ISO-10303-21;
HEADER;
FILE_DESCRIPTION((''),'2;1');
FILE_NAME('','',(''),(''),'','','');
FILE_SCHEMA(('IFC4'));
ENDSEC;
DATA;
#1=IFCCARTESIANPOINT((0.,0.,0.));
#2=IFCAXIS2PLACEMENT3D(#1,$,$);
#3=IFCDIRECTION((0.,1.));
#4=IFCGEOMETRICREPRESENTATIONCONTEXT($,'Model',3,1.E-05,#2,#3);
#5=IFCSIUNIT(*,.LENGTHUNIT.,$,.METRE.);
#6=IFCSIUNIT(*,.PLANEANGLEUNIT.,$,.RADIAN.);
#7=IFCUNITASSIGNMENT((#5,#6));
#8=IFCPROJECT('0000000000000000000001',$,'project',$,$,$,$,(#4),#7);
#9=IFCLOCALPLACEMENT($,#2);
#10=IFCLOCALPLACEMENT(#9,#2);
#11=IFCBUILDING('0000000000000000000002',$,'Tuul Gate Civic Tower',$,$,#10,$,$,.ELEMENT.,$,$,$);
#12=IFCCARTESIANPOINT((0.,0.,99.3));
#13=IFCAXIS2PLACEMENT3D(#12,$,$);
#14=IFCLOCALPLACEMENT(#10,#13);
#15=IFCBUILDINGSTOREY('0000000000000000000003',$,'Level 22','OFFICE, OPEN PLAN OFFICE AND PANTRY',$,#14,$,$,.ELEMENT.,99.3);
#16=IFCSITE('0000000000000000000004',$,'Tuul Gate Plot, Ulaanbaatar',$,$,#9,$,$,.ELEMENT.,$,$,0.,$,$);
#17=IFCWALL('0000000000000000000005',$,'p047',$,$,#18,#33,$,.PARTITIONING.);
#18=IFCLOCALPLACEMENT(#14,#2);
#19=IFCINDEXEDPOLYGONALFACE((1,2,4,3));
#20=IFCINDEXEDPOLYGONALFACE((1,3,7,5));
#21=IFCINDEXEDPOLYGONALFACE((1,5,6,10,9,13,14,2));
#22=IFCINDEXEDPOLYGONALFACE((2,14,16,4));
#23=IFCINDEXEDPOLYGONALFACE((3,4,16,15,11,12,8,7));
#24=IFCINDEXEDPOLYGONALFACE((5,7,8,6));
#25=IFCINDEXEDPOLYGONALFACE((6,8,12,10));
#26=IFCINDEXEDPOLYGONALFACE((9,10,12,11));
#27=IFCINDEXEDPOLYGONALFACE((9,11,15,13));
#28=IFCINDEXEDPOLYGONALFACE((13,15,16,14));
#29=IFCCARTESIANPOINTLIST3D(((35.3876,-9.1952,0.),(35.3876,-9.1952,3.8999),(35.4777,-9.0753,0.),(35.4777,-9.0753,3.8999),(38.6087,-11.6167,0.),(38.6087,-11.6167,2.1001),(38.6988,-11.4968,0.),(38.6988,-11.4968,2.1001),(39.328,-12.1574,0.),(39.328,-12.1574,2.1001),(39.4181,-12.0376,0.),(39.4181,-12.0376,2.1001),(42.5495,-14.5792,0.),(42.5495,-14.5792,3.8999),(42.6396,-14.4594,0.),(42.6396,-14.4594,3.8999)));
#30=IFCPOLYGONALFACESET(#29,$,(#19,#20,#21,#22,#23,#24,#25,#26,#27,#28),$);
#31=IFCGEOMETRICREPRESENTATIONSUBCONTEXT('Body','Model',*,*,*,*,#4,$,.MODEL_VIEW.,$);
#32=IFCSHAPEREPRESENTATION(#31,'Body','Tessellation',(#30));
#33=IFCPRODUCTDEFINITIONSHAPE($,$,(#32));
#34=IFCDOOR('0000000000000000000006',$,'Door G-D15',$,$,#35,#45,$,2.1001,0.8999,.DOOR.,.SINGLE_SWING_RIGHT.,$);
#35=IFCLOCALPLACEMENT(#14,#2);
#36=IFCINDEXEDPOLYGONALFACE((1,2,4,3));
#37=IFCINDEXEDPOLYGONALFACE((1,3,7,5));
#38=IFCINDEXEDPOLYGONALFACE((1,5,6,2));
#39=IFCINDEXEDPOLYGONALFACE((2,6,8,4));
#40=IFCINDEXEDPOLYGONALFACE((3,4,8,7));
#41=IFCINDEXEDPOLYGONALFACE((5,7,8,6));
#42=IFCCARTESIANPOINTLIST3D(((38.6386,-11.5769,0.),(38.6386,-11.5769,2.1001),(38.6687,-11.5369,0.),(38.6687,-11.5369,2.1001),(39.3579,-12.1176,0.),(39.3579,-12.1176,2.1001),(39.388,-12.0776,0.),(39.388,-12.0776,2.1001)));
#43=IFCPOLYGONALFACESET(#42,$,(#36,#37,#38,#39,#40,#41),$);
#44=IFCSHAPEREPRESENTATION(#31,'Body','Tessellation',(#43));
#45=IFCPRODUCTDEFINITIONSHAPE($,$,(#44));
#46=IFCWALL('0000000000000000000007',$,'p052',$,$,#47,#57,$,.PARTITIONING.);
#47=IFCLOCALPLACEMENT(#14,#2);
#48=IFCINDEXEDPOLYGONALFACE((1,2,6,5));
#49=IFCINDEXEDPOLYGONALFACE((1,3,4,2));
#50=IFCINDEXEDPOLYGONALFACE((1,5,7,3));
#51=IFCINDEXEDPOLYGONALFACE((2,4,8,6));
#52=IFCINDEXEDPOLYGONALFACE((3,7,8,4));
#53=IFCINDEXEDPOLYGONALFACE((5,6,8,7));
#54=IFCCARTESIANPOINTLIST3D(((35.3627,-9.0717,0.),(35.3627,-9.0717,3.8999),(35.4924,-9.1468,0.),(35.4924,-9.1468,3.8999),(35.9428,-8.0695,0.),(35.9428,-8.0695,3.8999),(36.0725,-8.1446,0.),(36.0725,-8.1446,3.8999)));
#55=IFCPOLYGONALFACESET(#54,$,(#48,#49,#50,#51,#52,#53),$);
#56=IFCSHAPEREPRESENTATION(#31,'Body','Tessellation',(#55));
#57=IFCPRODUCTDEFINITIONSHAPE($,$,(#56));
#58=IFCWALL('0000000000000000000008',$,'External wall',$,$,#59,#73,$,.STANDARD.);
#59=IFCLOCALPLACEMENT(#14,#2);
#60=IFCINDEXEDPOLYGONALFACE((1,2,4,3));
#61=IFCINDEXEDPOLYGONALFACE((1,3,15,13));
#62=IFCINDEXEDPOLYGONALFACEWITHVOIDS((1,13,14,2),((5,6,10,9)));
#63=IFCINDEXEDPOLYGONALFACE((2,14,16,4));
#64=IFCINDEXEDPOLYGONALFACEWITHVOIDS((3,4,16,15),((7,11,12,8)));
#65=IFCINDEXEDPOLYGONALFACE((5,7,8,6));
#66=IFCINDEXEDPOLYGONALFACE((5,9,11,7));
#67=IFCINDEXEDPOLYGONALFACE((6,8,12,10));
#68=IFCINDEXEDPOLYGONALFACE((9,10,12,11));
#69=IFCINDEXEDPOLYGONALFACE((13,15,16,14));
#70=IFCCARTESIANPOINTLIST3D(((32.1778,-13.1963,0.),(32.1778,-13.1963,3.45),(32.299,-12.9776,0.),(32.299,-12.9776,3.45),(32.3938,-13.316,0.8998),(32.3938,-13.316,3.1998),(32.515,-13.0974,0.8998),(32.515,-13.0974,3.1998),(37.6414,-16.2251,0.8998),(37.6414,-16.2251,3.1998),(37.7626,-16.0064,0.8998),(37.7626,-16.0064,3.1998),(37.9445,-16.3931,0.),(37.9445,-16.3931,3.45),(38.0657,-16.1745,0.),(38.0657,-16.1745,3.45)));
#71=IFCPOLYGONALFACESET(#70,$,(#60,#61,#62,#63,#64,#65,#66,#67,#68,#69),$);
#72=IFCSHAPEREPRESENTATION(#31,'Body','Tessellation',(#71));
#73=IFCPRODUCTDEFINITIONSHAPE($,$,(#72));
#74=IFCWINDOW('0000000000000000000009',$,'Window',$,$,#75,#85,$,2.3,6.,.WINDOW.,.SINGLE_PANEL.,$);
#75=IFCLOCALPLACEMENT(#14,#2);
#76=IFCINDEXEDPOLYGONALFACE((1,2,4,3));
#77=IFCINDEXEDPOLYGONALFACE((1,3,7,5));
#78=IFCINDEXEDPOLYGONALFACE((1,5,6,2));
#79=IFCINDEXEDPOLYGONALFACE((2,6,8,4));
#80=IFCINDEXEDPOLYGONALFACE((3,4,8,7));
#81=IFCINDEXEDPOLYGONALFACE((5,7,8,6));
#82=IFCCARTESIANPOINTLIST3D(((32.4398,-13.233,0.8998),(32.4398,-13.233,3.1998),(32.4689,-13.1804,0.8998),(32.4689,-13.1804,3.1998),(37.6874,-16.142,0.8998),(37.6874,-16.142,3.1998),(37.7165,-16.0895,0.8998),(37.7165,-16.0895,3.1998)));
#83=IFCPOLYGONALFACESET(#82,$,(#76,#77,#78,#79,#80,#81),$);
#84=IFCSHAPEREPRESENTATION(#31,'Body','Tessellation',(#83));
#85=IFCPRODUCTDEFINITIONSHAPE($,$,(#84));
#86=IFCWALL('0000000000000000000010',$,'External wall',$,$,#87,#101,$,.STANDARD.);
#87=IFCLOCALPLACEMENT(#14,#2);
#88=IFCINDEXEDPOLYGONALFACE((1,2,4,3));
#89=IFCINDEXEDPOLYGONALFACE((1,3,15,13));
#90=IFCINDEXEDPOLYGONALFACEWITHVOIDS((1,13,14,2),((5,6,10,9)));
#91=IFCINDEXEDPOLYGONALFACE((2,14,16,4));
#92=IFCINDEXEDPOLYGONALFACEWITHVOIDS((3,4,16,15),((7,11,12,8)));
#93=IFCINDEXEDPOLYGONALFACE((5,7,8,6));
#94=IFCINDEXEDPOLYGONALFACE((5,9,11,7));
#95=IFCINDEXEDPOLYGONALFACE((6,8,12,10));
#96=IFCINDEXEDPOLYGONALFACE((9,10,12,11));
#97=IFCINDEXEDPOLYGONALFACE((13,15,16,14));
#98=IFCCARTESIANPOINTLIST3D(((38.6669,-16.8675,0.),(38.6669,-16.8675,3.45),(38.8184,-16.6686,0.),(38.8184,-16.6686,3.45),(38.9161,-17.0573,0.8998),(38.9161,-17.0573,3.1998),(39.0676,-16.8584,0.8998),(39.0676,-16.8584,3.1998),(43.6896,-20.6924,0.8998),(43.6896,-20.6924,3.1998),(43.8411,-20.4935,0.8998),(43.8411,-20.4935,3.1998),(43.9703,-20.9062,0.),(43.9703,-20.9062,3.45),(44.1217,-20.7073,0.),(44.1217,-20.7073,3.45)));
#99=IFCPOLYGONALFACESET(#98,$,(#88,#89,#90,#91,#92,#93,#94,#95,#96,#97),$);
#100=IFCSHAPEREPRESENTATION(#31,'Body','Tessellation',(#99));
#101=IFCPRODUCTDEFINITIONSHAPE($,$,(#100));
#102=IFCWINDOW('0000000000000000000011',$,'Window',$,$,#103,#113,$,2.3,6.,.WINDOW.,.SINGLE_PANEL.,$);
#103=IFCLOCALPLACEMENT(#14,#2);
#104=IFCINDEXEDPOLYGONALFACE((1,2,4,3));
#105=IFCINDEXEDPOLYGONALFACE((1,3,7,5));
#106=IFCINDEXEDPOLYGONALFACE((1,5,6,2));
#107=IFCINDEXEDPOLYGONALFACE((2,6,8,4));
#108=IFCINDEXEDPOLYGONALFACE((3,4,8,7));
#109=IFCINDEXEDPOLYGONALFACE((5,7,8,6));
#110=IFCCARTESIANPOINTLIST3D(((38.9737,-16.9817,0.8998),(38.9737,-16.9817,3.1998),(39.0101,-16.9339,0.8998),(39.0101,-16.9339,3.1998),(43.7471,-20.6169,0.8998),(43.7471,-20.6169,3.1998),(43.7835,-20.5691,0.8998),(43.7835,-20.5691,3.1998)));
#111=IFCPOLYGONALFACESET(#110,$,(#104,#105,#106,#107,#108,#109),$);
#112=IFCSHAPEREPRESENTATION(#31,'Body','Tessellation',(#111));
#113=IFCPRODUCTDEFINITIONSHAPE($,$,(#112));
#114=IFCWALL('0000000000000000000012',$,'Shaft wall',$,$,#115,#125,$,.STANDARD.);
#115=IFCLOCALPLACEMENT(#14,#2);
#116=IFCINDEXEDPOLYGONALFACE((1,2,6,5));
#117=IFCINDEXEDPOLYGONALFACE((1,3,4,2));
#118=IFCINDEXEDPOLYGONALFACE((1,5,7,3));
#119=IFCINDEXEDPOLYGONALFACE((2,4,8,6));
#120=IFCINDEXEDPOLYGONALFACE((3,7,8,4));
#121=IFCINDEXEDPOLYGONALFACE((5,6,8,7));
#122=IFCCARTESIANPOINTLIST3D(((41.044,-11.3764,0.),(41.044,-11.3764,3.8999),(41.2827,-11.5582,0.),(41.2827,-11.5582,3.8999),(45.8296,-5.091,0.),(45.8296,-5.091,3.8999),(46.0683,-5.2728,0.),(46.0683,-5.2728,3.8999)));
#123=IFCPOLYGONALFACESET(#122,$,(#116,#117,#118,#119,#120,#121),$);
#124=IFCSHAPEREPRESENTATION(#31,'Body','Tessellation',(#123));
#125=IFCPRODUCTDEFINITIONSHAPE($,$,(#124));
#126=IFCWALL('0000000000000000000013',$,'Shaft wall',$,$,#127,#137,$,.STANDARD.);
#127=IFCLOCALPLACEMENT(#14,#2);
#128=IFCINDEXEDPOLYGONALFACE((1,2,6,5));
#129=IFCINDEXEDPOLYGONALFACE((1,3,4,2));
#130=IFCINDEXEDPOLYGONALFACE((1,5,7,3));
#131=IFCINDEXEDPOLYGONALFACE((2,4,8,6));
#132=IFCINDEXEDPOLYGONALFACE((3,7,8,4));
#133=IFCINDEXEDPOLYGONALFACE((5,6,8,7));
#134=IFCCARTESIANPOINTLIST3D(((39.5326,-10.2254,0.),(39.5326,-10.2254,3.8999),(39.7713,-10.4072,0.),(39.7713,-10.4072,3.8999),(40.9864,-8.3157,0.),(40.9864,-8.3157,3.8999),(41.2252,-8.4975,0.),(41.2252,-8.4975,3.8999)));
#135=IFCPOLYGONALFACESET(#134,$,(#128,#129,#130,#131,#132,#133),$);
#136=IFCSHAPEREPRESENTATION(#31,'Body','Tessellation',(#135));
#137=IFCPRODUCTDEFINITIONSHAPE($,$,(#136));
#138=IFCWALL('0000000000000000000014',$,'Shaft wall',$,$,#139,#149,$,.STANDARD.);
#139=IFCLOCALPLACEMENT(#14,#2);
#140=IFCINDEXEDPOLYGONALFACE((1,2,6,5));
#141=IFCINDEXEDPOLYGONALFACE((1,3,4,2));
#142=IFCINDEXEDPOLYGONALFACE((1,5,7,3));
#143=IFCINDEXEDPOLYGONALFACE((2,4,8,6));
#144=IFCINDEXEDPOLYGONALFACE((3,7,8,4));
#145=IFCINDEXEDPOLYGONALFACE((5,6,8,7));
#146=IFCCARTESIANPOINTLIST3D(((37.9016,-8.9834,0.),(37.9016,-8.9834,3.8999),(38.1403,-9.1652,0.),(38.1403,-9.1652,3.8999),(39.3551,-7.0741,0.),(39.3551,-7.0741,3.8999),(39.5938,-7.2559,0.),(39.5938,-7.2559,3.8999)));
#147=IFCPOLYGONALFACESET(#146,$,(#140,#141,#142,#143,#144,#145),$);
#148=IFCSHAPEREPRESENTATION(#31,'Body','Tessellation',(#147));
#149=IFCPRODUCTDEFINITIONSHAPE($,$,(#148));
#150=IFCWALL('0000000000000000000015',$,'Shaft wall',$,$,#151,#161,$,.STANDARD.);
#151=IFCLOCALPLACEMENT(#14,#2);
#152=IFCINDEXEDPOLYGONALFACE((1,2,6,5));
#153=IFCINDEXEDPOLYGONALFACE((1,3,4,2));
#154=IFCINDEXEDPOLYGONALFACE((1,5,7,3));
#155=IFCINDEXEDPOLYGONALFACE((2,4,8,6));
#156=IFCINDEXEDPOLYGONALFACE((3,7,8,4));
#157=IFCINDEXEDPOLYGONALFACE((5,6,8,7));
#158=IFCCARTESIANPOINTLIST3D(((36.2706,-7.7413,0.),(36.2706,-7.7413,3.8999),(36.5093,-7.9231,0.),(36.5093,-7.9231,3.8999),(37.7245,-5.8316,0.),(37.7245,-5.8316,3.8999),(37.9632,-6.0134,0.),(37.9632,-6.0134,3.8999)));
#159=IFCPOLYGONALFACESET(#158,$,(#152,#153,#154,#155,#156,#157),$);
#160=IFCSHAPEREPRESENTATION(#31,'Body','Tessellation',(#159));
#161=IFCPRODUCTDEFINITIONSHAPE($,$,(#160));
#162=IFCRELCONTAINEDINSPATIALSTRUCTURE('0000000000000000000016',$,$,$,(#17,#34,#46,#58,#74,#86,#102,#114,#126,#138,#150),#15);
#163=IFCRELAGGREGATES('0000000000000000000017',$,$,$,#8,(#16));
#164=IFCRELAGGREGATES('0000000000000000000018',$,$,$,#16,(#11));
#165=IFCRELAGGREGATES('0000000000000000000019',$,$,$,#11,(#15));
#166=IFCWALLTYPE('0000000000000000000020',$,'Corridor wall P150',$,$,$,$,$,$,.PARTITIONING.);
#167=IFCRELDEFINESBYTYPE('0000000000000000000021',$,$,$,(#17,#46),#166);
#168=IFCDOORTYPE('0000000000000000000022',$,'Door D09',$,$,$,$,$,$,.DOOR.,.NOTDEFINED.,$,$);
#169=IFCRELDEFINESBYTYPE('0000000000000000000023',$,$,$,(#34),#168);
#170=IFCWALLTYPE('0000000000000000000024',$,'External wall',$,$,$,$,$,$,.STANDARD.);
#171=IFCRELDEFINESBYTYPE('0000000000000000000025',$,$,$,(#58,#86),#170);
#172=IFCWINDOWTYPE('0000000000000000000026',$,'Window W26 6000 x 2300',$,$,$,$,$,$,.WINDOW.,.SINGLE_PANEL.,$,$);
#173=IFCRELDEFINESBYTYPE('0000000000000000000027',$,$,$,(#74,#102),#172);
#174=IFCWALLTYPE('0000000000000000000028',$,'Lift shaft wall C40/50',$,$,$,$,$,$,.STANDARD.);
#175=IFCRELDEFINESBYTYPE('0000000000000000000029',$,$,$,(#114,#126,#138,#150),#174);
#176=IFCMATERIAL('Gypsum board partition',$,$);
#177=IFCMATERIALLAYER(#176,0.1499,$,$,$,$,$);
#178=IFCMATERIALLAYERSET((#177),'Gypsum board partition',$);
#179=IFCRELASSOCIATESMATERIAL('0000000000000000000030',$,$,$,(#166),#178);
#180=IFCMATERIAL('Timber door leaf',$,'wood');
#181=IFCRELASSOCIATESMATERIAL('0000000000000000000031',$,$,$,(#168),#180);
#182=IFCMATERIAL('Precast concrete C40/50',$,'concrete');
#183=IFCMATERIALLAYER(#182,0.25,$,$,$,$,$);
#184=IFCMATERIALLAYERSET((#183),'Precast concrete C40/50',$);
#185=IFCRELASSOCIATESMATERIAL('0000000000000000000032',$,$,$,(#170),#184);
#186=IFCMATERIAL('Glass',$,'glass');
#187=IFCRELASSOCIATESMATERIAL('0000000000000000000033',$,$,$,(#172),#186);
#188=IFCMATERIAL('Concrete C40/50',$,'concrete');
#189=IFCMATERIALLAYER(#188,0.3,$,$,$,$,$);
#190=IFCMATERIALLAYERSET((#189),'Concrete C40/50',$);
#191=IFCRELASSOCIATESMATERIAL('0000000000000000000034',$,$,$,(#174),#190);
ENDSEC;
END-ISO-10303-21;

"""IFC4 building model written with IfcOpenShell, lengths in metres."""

from ifc_helpers import new_model, si_unit, direction, frame, frame_2d, origin, place, context, subcontext, project, spatial, rectangle, extrude, material, layer, layer_set, type_object, element, fill, save


model = new_model("IFC4")

# Units and contexts
model_context = context("Model", 3, precision=1e-05, world=origin(), true_north=direction((0.0, 1.0)))
body_context = subcontext(model_context, "Body", "Model", "MODEL_VIEW")
ifc_project = project(units=[si_unit("LENGTHUNIT", "METRE"), si_unit("PLANEANGLEUNIT", "RADIAN")], contexts=[model_context])

# Site, building, storey
site_placement = place(None, origin())
site = spatial("IfcSite", under=ifc_project, at=site_placement, Name="Tuul Gate Plot, Ulaanbaatar", CompositionType="ELEMENT", RefElevation=0.0)
building_placement = place(site_placement, origin())
building = spatial("IfcBuilding", under=site, at=building_placement, Name="Tuul Gate Civic Tower", CompositionType="ELEMENT")
storey_placement = place(building_placement, frame((0.0, 0.0, 99.3)))
storey = spatial("IfcBuildingStorey", under=building, at=storey_placement, Name="Level 22", Description="OFFICE, OPEN PLAN OFFICE AND PANTRY", CompositionType="ELEMENT", Elevation=99.3)

# Wall, opening, door
ifc_material_1 = material(Name="Gypsum board partition")
ifc_layer_1 = layer(ifc_material_1, 0.1499)
ifc_layer_set_1 = layer_set([ifc_layer_1], Name="Gypsum board partition")
wall_type_1 = type_object("IfcWallType", Name="Corridor wall P150", PredefinedType="PARTITIONING", material=ifc_layer_set_1)
wall_1_placement = place(storey_placement, frame((35.4326, -9.1353, 0.0), z_axis=(0.0, 0.0, 1.0), x_axis=(0.799323, -0.600902, 0.0)))
wall_1 = element("IfcWall", 1, at=wall_1_placement, inside=storey, type_object=wall_type_1, Name="p047", PredefinedType="PARTITIONING", context=body_context, shape_type="SweptSolid", body=[
    extrude(rectangle(XDim=8.96, YDim=0.1499, at=frame_2d((4.48, 0.0))), origin(), (0.0, 0.0, 1.0), 3.8999),
])
opening_1_placement = place(wall_1_placement, frame((4.0298, 0.0, 0.0)))
opening_1 = element("IfcOpeningElement", 2, at=opening_1_placement, cuts=wall_1, PredefinedType="OPENING", context=body_context, shape_type="SweptSolid", body=[
    extrude(rectangle(XDim=0.8999, YDim=2.1001, at=frame_2d((0.45, 1.05))), frame((0.0, 0.085, 0.0), z_axis=(0.0, -1.0, 0.0), x_axis=(1.0, 0.0, 0.0)), (0.0, 0.0, 1.0), 0.1699),
])
ifc_material_2 = material(Name="Timber door leaf", Category="wood")
door_type_1 = type_object("IfcDoorType", Name="Door D09", OperationType="NOTDEFINED", PredefinedType="DOOR", material=ifc_material_2)
door_1_placement = place(opening_1_placement, origin())
door_1 = element("IfcDoor", 3, at=door_1_placement, inside=storey, type_object=door_type_1, Name="Door G-D15", OperationType="SINGLE_SWING_RIGHT", OverallHeight=2.1001, OverallWidth=0.8999, PredefinedType="DOOR", context=body_context, shape_type="SweptSolid", body=[
    extrude(rectangle(XDim=0.8999, YDim=2.1001, at=frame_2d((0.45, 1.05))), frame((0.0, 0.0249, 0.0), z_axis=(0.0, -1.0, 0.0), x_axis=(1.0, 0.0, 0.0)), (0.0, 0.0, 1.0), 0.05),
])
fill(opening_1, door_1)

# Wall
wall_2_placement = place(storey_placement, frame((35.4275, -9.1094, 0.0), z_axis=(0.0, 0.0, 1.0), x_axis=(0.500945, 0.865479, 0.0)))
element("IfcWall", 4, at=wall_2_placement, inside=storey, type_object=wall_type_1, Name="p052", PredefinedType="PARTITIONING", context=body_context, shape_type="SweptSolid", body=[
    extrude(rectangle(XDim=1.158, YDim=0.1499, at=frame_2d((0.5791, 0.0))), origin(), (0.0, 0.0, 1.0), 3.8999),
])

# Walls, openings, windows
ifc_material_3 = material(Name="Precast concrete C40/50", Category="concrete")
ifc_layer_2 = layer(ifc_material_3, 0.25)
ifc_layer_set_2 = layer_set([ifc_layer_2], Name="Precast concrete C40/50")
wall_type_2 = type_object("IfcWallType", Name="External wall", PredefinedType="STANDARD", material=ifc_layer_set_2)
wall_3_placement = place(storey_placement, frame((32.2383, -13.0869, 0.0), z_axis=(0.0, 0.0, 1.0), x_axis=(0.874601, -0.484844, 0.0)))
wall_3 = element("IfcWall", 5, at=wall_3_placement, inside=storey, type_object=wall_type_2, Name="External wall", PredefinedType="STANDARD", context=body_context, shape_type="SweptSolid", body=[
    extrude(rectangle(XDim=6.5935, YDim=0.25, at=frame_2d((3.2969, 0.0))), origin(), (0.0, 0.0, 1.0), 3.45),
])
opening_2_placement = place(wall_3_placement, frame((0.2471, 0.0, 0.8999)))
opening_2 = element("IfcOpeningElement", 6, at=opening_2_placement, cuts=wall_3, PredefinedType="OPENING", context=body_context, shape_type="SweptSolid", body=[
    extrude(rectangle(XDim=6.0, YDim=2.3, at=frame_2d((3.0, 1.1499))), frame((0.0, 0.135, 0.0), z_axis=(0.0, -1.0, 0.0), x_axis=(1.0, 0.0, 0.0)), (0.0, 0.0, 1.0), 0.27),
])
ifc_material_4 = material(Name="Glass", Category="glass")
window_type = type_object("IfcWindowType", Name="Window W26 6000 x 2300", PartitioningType="SINGLE_PANEL", PredefinedType="WINDOW", material=ifc_material_4)
window_1_placement = place(opening_2_placement, origin())
window_1 = element("IfcWindow", 7, at=window_1_placement, inside=storey, type_object=window_type, Name="Window", OverallHeight=2.3, OverallWidth=6.0, PartitioningType="SINGLE_PANEL", PredefinedType="WINDOW", context=body_context, shape_type="SweptSolid", body=[
    extrude(rectangle(XDim=6.0, YDim=2.3, at=frame_2d((3.0, 1.1499))), frame((0.0, 0.03, 0.0), z_axis=(0.0, -1.0, 0.0), x_axis=(1.0, 0.0, 0.0)), (0.0, 0.0, 1.0), 0.0601),
])
fill(opening_2, window_1)
wall_4_placement = place(storey_placement, frame((38.7427, -16.7681, 0.0), z_axis=(0.0, 0.0, 1.0), x_axis=(0.795575, -0.605856, 0.0)))
wall_4 = element("IfcWall", 8, at=wall_4_placement, inside=storey, type_object=wall_type_2, Name="External wall", PredefinedType="STANDARD", context=body_context, shape_type="SweptSolid", body=[
    extrude(rectangle(XDim=6.666, YDim=0.25, at=frame_2d((3.333, 0.0))), origin(), (0.0, 0.0, 1.0), 3.45),
])
opening_3_placement = place(wall_4_placement, frame((0.3132, 0.0, 0.8999)))
opening_3 = element("IfcOpeningElement", 9, at=opening_3_placement, cuts=wall_4, PredefinedType="OPENING", context=body_context, shape_type="SweptSolid", body=[
    extrude(rectangle(XDim=6.0, YDim=2.3, at=frame_2d((3.0, 1.1499))), frame((0.0, 0.135, 0.0), z_axis=(0.0, -1.0, 0.0), x_axis=(1.0, 0.0, 0.0)), (0.0, 0.0, 1.0), 0.27),
])
window_2_placement = place(opening_3_placement, origin())
window_2 = element("IfcWindow", 10, at=window_2_placement, inside=storey, type_object=window_type, Name="Window", OverallHeight=2.3, OverallWidth=6.0, PartitioningType="SINGLE_PANEL", PredefinedType="WINDOW", context=body_context, shape_type="SweptSolid", body=[
    extrude(rectangle(XDim=6.0, YDim=2.3, at=frame_2d((3.0, 1.1499))), frame((0.0, 0.03, 0.0), z_axis=(0.0, -1.0, 0.0), x_axis=(1.0, 0.0, 0.0)), (0.0, 0.0, 1.0), 0.0601),
])
fill(opening_3, window_2)

# Walls
ifc_material_5 = material(Name="Concrete C40/50", Category="concrete")
ifc_layer_3 = layer(ifc_material_5, 0.3)
ifc_layer_set_3 = layer_set([ifc_layer_3], Name="Concrete C40/50")
wall_type_3 = type_object("IfcWallType", Name="Lift shaft wall C40/50", PredefinedType="STANDARD", material=ifc_layer_set_3)
wall_5_placement = place(storey_placement, frame((41.1633, -11.4673, 0.0), z_axis=(0.0, 0.0, 1.0), x_axis=(0.605784, 0.795629, 0.0)))
element("IfcWall", 11, at=wall_5_placement, inside=storey, type_object=wall_type_3, Name="Shaft wall", PredefinedType="STANDARD", context=body_context, shape_type="SweptSolid", body=[
    extrude(rectangle(XDim=7.8999, YDim=0.3, at=frame_2d((3.95, 0.0))), origin(), (0.0, 0.0, 1.0), 3.8999),
])
wall_6_placement = place(storey_placement, frame((39.6519, -10.3164, 0.0), z_axis=(0.0, 0.0, 1.0), x_axis=(0.605746, 0.795658, 0.0)))
element("IfcWall", 12, at=wall_6_placement, inside=storey, type_object=wall_type_3, Name="Shaft wall", PredefinedType="STANDARD", context=body_context, shape_type="SweptSolid", body=[
    extrude(rectangle(XDim=2.4001, YDim=0.3, at=frame_2d((1.2002, 0.0))), origin(), (0.0, 0.0, 1.0), 3.8999),
])
wall_7_placement = place(storey_placement, frame((38.021, -9.0742, 0.0), z_axis=(0.0, 0.0, 1.0), x_axis=(0.605731, 0.79567, 0.0)))
element("IfcWall", 13, at=wall_7_placement, inside=storey, type_object=wall_type_3, Name="Shaft wall", PredefinedType="STANDARD", context=body_context, shape_type="SweptSolid", body=[
    extrude(rectangle(XDim=2.3997, YDim=0.3, at=frame_2d((1.1997, 0.0))), origin(), (0.0, 0.0, 1.0), 3.8999),
])
wall_8_placement = place(storey_placement, frame((36.3899, -7.8323, 0.0), z_axis=(0.0, 0.0, 1.0), x_axis=(0.605746, 0.795658, 0.0)))
element("IfcWall", 14, at=wall_8_placement, inside=storey, type_object=wall_type_3, Name="Shaft wall", PredefinedType="STANDARD", context=body_context, shape_type="SweptSolid", body=[
    extrude(rectangle(XDim=2.4001, YDim=0.3, at=frame_2d((1.2002, 0.0))), origin(), (0.0, 0.0, 1.0), 3.8999),
])

save(model, "model.ifc")
